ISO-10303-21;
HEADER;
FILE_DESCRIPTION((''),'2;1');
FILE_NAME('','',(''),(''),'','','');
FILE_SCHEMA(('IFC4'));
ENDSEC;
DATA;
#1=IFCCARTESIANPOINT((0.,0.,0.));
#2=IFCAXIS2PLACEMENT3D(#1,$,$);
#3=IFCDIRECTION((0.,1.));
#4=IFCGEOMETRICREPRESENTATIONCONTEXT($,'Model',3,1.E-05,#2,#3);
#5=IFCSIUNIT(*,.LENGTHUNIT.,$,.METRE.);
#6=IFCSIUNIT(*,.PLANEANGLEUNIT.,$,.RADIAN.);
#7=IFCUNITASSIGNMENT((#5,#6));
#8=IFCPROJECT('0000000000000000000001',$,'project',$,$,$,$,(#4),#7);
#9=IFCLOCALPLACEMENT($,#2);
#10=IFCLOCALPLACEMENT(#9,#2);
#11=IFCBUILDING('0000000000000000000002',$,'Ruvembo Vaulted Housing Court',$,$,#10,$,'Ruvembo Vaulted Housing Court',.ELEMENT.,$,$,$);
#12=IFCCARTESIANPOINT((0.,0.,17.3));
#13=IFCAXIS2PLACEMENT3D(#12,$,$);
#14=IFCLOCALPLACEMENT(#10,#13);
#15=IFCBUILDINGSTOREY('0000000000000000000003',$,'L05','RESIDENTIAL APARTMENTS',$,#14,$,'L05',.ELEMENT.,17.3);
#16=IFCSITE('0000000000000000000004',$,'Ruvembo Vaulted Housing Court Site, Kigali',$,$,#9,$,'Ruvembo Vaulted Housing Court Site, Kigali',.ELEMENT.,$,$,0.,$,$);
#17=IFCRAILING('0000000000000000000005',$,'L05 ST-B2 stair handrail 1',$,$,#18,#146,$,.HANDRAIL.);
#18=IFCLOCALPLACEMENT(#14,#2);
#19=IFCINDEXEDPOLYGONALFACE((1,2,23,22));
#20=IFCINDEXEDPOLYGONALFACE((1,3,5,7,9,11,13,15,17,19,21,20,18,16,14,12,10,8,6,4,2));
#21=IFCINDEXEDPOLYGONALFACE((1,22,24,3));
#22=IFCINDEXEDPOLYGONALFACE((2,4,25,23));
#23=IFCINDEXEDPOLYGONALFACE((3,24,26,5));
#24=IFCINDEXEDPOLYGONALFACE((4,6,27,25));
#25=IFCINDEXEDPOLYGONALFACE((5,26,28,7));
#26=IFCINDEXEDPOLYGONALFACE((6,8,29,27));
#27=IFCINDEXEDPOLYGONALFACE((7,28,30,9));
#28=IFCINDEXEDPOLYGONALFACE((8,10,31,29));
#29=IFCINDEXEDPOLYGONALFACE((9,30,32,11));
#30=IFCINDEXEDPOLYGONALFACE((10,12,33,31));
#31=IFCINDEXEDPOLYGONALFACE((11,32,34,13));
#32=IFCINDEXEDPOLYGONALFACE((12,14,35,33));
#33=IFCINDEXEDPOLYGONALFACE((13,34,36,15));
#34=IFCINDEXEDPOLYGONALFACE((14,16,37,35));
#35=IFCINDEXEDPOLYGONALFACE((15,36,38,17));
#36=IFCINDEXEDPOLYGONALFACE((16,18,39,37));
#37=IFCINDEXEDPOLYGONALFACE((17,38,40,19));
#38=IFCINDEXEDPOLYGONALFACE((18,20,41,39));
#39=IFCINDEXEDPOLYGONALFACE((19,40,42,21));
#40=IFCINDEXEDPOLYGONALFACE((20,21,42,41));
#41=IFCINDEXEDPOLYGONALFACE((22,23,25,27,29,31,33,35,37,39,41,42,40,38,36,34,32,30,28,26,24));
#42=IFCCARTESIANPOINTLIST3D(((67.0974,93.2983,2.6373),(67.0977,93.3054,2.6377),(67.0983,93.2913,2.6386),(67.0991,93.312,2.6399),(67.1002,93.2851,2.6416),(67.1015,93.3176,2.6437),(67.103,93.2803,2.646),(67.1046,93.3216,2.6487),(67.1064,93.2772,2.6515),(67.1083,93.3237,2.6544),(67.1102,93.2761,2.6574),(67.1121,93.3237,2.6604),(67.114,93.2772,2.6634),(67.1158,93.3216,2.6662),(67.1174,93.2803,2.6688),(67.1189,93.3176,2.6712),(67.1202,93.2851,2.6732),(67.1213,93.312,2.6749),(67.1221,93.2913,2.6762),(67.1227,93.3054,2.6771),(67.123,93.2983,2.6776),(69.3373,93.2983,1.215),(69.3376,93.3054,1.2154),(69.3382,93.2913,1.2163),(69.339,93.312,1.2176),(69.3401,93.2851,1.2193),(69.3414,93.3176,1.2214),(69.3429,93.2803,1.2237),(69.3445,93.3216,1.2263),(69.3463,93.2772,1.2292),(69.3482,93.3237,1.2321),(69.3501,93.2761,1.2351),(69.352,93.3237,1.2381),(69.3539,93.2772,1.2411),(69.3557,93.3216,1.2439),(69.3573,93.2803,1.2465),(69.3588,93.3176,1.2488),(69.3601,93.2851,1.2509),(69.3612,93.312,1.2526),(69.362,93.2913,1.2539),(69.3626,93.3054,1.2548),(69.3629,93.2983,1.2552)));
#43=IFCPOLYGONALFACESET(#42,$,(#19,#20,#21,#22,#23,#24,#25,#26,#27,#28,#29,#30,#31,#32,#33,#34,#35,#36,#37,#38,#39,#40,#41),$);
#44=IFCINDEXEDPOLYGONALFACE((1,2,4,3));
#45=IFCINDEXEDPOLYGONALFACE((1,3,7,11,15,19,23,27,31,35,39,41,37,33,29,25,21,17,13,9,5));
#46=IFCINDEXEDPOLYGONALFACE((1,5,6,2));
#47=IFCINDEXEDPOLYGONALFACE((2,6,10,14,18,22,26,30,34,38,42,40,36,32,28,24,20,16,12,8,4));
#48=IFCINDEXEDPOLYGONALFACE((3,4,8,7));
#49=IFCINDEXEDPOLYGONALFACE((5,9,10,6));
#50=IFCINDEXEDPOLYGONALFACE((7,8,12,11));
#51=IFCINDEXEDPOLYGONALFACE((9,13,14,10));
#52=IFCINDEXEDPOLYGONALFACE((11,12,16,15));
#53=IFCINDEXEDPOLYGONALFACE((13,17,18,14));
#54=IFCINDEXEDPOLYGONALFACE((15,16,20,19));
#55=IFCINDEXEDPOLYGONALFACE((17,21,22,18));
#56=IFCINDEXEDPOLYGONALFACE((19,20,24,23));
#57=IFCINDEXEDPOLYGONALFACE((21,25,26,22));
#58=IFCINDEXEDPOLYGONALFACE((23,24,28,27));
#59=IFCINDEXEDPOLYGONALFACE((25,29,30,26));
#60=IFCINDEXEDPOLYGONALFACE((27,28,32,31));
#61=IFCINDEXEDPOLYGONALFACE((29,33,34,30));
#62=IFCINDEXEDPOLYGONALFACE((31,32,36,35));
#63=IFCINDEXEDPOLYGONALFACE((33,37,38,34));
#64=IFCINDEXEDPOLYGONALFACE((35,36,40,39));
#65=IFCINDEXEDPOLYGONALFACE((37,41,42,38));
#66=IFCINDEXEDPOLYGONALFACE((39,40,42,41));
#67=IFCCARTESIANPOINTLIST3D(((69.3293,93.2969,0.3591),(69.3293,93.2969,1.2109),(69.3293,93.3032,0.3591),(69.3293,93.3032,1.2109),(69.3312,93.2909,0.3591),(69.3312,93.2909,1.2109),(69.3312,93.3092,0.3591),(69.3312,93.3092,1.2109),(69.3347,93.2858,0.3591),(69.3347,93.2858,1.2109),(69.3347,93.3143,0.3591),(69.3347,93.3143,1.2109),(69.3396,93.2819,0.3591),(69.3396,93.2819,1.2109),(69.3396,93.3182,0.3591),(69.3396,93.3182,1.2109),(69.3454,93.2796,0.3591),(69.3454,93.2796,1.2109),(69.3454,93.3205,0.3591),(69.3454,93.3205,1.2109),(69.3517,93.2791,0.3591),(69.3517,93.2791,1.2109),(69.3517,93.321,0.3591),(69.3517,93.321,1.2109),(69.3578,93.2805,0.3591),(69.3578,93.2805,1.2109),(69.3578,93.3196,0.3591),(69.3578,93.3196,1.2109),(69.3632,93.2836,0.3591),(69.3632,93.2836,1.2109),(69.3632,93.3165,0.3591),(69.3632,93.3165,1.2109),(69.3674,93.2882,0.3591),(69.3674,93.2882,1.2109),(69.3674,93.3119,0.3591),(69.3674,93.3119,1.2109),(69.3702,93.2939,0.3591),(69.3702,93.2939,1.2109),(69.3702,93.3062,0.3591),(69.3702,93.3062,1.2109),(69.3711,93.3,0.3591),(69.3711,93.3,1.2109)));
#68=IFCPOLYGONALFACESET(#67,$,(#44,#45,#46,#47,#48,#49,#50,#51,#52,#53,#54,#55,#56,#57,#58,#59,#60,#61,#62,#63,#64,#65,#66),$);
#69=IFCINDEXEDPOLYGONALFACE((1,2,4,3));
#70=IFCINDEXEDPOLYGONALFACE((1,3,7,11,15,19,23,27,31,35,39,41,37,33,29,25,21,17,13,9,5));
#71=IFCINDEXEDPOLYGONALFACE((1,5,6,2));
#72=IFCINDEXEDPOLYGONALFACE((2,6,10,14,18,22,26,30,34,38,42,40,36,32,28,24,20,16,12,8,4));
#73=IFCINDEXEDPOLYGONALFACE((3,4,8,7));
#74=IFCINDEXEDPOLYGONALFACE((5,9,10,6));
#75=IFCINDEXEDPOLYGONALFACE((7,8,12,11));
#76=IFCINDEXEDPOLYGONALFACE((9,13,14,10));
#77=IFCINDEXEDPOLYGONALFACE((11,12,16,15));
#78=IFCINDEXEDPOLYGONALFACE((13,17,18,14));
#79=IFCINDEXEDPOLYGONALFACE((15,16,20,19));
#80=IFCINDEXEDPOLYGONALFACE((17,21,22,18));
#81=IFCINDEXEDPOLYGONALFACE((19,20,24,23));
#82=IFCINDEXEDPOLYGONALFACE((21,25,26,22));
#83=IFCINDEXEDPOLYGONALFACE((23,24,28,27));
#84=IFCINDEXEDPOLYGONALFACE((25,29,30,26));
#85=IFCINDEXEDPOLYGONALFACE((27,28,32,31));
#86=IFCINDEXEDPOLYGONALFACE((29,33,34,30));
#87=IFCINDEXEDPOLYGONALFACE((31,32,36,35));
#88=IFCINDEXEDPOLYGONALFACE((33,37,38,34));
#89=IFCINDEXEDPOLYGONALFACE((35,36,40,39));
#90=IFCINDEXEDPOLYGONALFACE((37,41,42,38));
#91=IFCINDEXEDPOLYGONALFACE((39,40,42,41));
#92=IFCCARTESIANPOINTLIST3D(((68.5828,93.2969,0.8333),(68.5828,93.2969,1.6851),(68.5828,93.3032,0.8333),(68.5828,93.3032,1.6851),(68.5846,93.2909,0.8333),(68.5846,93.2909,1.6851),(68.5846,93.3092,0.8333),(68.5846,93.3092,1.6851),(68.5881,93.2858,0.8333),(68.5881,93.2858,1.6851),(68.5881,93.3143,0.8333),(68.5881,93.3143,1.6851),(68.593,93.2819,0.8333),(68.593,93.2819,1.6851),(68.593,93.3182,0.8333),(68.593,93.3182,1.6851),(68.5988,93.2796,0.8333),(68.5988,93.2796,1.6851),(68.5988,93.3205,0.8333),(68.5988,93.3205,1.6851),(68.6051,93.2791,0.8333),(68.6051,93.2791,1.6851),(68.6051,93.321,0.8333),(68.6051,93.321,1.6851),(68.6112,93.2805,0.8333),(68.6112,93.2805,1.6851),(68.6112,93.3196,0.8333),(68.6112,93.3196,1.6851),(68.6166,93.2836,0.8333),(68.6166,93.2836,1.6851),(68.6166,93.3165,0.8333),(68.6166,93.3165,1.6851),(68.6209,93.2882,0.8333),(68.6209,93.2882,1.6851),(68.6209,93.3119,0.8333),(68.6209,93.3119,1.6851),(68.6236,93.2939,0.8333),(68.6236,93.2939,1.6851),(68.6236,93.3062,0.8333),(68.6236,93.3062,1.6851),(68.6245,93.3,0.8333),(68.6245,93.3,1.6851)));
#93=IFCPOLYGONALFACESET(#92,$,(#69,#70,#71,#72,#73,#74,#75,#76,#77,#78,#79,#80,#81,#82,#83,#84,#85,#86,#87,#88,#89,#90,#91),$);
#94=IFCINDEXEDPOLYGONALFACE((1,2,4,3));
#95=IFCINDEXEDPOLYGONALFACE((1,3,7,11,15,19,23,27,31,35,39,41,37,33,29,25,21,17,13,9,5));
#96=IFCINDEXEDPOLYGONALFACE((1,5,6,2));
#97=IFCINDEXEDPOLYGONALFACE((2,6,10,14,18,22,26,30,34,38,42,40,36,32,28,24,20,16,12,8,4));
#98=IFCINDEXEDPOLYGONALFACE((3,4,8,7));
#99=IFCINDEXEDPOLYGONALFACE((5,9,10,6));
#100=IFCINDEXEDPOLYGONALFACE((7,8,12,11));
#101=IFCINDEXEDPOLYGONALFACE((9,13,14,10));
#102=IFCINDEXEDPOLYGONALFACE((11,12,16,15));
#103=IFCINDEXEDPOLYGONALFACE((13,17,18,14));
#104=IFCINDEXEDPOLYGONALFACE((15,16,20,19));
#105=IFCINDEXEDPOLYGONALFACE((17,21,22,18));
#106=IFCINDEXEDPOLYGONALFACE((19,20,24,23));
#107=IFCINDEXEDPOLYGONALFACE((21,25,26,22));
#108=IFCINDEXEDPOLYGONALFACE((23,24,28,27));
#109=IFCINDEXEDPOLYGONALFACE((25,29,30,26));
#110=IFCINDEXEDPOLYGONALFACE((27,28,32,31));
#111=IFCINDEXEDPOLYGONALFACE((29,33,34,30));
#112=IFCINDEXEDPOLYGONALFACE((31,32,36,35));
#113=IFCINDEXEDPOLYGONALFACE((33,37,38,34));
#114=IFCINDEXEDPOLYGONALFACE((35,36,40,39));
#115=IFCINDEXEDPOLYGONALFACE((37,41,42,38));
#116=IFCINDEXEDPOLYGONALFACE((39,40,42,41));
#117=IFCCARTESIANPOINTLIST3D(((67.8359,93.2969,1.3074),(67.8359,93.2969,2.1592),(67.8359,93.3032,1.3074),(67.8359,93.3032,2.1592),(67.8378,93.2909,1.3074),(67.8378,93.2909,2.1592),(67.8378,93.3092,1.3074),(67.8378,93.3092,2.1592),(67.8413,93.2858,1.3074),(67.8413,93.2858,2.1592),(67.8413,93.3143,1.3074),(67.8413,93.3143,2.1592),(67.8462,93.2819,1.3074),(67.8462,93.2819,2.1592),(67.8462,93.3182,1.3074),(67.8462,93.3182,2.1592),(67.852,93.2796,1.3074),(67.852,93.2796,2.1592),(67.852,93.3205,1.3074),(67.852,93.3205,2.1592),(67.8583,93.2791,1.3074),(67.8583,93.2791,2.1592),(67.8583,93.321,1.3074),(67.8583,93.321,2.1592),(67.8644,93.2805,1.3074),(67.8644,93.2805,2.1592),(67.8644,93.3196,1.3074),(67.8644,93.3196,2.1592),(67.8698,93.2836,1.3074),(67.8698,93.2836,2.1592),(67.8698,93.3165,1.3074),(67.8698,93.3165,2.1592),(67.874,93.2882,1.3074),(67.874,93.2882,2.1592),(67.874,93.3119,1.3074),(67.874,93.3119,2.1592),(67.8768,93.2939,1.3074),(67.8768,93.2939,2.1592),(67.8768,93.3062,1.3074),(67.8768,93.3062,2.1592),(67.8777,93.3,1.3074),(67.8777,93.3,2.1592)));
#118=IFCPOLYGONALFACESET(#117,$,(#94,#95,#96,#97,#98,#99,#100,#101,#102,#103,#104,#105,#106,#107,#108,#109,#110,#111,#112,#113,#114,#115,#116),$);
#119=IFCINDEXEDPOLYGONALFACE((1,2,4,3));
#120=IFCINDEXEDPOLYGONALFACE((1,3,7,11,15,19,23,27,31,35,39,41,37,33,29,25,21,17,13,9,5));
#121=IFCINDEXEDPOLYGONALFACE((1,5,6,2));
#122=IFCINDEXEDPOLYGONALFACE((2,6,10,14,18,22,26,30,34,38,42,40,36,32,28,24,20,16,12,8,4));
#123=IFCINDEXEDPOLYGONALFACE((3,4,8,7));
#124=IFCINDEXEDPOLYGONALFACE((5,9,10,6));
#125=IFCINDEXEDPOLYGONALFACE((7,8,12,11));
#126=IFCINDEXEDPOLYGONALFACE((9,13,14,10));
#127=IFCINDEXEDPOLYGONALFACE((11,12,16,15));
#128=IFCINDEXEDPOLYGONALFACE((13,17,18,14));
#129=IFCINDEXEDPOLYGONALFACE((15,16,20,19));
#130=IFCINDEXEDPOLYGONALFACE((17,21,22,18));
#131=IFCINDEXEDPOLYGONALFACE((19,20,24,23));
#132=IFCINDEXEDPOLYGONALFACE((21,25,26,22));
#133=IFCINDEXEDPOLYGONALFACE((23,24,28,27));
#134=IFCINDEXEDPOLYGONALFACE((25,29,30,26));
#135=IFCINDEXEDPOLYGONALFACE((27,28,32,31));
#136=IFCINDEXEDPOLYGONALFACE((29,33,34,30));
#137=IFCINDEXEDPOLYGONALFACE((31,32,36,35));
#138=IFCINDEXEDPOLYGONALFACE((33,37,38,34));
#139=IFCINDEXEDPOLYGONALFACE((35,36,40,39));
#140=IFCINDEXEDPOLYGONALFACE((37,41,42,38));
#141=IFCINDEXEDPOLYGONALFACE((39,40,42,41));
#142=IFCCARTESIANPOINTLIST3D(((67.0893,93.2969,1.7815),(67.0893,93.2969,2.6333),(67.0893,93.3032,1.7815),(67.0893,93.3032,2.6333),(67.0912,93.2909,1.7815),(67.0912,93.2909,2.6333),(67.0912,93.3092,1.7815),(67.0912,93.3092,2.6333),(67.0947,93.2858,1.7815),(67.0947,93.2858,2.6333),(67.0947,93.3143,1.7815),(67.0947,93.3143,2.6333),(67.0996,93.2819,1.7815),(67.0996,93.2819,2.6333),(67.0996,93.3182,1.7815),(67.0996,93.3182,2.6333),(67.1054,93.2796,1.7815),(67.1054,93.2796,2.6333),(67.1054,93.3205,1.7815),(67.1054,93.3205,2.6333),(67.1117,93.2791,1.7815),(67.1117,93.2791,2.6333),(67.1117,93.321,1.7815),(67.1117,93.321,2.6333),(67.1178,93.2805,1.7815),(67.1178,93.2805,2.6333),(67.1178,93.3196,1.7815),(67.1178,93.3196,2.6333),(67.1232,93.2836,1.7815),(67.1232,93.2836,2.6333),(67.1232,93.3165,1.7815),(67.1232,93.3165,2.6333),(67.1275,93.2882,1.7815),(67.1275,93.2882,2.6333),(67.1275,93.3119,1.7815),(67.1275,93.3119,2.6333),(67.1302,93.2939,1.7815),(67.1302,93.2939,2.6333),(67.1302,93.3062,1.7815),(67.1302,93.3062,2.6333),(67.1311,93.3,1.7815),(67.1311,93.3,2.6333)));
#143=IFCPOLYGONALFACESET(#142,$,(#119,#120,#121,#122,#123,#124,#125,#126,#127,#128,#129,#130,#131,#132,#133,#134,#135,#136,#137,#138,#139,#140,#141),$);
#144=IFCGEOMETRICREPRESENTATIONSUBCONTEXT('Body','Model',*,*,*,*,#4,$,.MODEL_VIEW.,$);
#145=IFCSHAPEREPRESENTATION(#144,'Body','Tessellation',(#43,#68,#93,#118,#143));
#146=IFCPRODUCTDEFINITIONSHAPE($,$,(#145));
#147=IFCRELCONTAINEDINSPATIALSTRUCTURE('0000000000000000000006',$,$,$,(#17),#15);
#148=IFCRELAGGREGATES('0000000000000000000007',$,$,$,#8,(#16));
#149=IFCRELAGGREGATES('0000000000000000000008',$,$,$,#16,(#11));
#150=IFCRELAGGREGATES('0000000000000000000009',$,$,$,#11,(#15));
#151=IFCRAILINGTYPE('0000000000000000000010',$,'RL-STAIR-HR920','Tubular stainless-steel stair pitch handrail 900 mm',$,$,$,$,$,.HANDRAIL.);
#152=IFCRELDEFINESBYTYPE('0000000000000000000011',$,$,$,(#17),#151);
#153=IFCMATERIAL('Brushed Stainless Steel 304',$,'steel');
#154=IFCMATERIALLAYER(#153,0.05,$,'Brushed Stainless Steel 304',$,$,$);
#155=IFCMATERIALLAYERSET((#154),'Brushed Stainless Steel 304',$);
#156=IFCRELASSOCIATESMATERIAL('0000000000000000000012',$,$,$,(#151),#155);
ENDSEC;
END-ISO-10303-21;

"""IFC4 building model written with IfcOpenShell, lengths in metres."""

from ifc_helpers import new_model, si_unit, direction, frame, origin, origin_2d, place, context, subcontext, project, spatial, circle, extrude, material, layer, layer_set, type_object, element, save


model = new_model("IFC4")

# Units and contexts
model_context = context("Model", 3, precision=1e-05, world=origin(), true_north=direction((0.0, 1.0)))
body_context = subcontext(model_context, "Body", "Model", "MODEL_VIEW")
ifc_project = project(units=[si_unit("LENGTHUNIT", "METRE"), si_unit("PLANEANGLEUNIT", "RADIAN")], contexts=[model_context])

# Site, building, storey
site_placement = place(None, origin())
site = spatial("IfcSite", under=ifc_project, at=site_placement, Name="Ruvembo Vaulted Housing Court Site, Kigali", LongName="Ruvembo Vaulted Housing Court Site, Kigali", CompositionType="ELEMENT", RefElevation=0.0)
building_placement = place(site_placement, origin())
building = spatial("IfcBuilding", under=site, at=building_placement, Name="Ruvembo Vaulted Housing Court", LongName="Ruvembo Vaulted Housing Court", CompositionType="ELEMENT")
storey_placement = place(building_placement, frame((0.0, 0.0, 17.3)))
storey = spatial("IfcBuildingStorey", under=building, at=storey_placement, Name="L05", Description="RESIDENTIAL APARTMENTS", LongName="L05", CompositionType="ELEMENT", Elevation=17.3)

# Shared definitions
ifc_material_1 = material(Name="Brushed Stainless Steel 304", Category="steel")

# Railing
ifc_layer_1 = layer(ifc_material_1, 0.05, Name="Brushed Stainless Steel 304")
ifc_layer_set_1 = layer_set([ifc_layer_1], Name="Brushed Stainless Steel 304")
railing_type_1 = type_object("IfcRailingType", Name="RL-STAIR-HR920", Description="Tubular stainless-steel stair pitch handrail 900 mm", PredefinedType="HANDRAIL", material=ifc_layer_set_1)
railing_1_placement = place(storey_placement, frame((69.3501, 93.3, 0.3591)))
element("IfcRailing", 1, at=railing_1_placement, inside=storey, type_object=railing_type_1, Name="L05 ST-B2 stair handrail 1", PredefinedType="HANDRAIL", context=body_context, shape_type="SweptSolid", body=[
    extrude(circle(Radius=0.0239, at=origin_2d()), frame((0.0, 0.0, 0.876), z_axis=(-0.844188, 0.0, 0.536048), x_axis=(0.0, -1.0, 0.0)), (0.0, 0.0, 1.0), 2.6533),
    extrude(circle(Radius=0.021, at=origin_2d()), origin(), (0.0, 0.0, 1.0), 0.8518),
    extrude(circle(Radius=0.021, at=origin_2d()), frame((-0.7466, 0.0, 0.4741)), (0.0, 0.0, 1.0), 0.8518),
    extrude(circle(Radius=0.021, at=origin_2d()), frame((-1.4934, 0.0, 0.9482)), (0.0, 0.0, 1.0), 0.8518),
    extrude(circle(Radius=0.021, at=origin_2d()), frame((-2.24, 0.0, 1.4224)), (0.0, 0.0, 1.0), 0.8518),
])

save(model, "model.ifc")
